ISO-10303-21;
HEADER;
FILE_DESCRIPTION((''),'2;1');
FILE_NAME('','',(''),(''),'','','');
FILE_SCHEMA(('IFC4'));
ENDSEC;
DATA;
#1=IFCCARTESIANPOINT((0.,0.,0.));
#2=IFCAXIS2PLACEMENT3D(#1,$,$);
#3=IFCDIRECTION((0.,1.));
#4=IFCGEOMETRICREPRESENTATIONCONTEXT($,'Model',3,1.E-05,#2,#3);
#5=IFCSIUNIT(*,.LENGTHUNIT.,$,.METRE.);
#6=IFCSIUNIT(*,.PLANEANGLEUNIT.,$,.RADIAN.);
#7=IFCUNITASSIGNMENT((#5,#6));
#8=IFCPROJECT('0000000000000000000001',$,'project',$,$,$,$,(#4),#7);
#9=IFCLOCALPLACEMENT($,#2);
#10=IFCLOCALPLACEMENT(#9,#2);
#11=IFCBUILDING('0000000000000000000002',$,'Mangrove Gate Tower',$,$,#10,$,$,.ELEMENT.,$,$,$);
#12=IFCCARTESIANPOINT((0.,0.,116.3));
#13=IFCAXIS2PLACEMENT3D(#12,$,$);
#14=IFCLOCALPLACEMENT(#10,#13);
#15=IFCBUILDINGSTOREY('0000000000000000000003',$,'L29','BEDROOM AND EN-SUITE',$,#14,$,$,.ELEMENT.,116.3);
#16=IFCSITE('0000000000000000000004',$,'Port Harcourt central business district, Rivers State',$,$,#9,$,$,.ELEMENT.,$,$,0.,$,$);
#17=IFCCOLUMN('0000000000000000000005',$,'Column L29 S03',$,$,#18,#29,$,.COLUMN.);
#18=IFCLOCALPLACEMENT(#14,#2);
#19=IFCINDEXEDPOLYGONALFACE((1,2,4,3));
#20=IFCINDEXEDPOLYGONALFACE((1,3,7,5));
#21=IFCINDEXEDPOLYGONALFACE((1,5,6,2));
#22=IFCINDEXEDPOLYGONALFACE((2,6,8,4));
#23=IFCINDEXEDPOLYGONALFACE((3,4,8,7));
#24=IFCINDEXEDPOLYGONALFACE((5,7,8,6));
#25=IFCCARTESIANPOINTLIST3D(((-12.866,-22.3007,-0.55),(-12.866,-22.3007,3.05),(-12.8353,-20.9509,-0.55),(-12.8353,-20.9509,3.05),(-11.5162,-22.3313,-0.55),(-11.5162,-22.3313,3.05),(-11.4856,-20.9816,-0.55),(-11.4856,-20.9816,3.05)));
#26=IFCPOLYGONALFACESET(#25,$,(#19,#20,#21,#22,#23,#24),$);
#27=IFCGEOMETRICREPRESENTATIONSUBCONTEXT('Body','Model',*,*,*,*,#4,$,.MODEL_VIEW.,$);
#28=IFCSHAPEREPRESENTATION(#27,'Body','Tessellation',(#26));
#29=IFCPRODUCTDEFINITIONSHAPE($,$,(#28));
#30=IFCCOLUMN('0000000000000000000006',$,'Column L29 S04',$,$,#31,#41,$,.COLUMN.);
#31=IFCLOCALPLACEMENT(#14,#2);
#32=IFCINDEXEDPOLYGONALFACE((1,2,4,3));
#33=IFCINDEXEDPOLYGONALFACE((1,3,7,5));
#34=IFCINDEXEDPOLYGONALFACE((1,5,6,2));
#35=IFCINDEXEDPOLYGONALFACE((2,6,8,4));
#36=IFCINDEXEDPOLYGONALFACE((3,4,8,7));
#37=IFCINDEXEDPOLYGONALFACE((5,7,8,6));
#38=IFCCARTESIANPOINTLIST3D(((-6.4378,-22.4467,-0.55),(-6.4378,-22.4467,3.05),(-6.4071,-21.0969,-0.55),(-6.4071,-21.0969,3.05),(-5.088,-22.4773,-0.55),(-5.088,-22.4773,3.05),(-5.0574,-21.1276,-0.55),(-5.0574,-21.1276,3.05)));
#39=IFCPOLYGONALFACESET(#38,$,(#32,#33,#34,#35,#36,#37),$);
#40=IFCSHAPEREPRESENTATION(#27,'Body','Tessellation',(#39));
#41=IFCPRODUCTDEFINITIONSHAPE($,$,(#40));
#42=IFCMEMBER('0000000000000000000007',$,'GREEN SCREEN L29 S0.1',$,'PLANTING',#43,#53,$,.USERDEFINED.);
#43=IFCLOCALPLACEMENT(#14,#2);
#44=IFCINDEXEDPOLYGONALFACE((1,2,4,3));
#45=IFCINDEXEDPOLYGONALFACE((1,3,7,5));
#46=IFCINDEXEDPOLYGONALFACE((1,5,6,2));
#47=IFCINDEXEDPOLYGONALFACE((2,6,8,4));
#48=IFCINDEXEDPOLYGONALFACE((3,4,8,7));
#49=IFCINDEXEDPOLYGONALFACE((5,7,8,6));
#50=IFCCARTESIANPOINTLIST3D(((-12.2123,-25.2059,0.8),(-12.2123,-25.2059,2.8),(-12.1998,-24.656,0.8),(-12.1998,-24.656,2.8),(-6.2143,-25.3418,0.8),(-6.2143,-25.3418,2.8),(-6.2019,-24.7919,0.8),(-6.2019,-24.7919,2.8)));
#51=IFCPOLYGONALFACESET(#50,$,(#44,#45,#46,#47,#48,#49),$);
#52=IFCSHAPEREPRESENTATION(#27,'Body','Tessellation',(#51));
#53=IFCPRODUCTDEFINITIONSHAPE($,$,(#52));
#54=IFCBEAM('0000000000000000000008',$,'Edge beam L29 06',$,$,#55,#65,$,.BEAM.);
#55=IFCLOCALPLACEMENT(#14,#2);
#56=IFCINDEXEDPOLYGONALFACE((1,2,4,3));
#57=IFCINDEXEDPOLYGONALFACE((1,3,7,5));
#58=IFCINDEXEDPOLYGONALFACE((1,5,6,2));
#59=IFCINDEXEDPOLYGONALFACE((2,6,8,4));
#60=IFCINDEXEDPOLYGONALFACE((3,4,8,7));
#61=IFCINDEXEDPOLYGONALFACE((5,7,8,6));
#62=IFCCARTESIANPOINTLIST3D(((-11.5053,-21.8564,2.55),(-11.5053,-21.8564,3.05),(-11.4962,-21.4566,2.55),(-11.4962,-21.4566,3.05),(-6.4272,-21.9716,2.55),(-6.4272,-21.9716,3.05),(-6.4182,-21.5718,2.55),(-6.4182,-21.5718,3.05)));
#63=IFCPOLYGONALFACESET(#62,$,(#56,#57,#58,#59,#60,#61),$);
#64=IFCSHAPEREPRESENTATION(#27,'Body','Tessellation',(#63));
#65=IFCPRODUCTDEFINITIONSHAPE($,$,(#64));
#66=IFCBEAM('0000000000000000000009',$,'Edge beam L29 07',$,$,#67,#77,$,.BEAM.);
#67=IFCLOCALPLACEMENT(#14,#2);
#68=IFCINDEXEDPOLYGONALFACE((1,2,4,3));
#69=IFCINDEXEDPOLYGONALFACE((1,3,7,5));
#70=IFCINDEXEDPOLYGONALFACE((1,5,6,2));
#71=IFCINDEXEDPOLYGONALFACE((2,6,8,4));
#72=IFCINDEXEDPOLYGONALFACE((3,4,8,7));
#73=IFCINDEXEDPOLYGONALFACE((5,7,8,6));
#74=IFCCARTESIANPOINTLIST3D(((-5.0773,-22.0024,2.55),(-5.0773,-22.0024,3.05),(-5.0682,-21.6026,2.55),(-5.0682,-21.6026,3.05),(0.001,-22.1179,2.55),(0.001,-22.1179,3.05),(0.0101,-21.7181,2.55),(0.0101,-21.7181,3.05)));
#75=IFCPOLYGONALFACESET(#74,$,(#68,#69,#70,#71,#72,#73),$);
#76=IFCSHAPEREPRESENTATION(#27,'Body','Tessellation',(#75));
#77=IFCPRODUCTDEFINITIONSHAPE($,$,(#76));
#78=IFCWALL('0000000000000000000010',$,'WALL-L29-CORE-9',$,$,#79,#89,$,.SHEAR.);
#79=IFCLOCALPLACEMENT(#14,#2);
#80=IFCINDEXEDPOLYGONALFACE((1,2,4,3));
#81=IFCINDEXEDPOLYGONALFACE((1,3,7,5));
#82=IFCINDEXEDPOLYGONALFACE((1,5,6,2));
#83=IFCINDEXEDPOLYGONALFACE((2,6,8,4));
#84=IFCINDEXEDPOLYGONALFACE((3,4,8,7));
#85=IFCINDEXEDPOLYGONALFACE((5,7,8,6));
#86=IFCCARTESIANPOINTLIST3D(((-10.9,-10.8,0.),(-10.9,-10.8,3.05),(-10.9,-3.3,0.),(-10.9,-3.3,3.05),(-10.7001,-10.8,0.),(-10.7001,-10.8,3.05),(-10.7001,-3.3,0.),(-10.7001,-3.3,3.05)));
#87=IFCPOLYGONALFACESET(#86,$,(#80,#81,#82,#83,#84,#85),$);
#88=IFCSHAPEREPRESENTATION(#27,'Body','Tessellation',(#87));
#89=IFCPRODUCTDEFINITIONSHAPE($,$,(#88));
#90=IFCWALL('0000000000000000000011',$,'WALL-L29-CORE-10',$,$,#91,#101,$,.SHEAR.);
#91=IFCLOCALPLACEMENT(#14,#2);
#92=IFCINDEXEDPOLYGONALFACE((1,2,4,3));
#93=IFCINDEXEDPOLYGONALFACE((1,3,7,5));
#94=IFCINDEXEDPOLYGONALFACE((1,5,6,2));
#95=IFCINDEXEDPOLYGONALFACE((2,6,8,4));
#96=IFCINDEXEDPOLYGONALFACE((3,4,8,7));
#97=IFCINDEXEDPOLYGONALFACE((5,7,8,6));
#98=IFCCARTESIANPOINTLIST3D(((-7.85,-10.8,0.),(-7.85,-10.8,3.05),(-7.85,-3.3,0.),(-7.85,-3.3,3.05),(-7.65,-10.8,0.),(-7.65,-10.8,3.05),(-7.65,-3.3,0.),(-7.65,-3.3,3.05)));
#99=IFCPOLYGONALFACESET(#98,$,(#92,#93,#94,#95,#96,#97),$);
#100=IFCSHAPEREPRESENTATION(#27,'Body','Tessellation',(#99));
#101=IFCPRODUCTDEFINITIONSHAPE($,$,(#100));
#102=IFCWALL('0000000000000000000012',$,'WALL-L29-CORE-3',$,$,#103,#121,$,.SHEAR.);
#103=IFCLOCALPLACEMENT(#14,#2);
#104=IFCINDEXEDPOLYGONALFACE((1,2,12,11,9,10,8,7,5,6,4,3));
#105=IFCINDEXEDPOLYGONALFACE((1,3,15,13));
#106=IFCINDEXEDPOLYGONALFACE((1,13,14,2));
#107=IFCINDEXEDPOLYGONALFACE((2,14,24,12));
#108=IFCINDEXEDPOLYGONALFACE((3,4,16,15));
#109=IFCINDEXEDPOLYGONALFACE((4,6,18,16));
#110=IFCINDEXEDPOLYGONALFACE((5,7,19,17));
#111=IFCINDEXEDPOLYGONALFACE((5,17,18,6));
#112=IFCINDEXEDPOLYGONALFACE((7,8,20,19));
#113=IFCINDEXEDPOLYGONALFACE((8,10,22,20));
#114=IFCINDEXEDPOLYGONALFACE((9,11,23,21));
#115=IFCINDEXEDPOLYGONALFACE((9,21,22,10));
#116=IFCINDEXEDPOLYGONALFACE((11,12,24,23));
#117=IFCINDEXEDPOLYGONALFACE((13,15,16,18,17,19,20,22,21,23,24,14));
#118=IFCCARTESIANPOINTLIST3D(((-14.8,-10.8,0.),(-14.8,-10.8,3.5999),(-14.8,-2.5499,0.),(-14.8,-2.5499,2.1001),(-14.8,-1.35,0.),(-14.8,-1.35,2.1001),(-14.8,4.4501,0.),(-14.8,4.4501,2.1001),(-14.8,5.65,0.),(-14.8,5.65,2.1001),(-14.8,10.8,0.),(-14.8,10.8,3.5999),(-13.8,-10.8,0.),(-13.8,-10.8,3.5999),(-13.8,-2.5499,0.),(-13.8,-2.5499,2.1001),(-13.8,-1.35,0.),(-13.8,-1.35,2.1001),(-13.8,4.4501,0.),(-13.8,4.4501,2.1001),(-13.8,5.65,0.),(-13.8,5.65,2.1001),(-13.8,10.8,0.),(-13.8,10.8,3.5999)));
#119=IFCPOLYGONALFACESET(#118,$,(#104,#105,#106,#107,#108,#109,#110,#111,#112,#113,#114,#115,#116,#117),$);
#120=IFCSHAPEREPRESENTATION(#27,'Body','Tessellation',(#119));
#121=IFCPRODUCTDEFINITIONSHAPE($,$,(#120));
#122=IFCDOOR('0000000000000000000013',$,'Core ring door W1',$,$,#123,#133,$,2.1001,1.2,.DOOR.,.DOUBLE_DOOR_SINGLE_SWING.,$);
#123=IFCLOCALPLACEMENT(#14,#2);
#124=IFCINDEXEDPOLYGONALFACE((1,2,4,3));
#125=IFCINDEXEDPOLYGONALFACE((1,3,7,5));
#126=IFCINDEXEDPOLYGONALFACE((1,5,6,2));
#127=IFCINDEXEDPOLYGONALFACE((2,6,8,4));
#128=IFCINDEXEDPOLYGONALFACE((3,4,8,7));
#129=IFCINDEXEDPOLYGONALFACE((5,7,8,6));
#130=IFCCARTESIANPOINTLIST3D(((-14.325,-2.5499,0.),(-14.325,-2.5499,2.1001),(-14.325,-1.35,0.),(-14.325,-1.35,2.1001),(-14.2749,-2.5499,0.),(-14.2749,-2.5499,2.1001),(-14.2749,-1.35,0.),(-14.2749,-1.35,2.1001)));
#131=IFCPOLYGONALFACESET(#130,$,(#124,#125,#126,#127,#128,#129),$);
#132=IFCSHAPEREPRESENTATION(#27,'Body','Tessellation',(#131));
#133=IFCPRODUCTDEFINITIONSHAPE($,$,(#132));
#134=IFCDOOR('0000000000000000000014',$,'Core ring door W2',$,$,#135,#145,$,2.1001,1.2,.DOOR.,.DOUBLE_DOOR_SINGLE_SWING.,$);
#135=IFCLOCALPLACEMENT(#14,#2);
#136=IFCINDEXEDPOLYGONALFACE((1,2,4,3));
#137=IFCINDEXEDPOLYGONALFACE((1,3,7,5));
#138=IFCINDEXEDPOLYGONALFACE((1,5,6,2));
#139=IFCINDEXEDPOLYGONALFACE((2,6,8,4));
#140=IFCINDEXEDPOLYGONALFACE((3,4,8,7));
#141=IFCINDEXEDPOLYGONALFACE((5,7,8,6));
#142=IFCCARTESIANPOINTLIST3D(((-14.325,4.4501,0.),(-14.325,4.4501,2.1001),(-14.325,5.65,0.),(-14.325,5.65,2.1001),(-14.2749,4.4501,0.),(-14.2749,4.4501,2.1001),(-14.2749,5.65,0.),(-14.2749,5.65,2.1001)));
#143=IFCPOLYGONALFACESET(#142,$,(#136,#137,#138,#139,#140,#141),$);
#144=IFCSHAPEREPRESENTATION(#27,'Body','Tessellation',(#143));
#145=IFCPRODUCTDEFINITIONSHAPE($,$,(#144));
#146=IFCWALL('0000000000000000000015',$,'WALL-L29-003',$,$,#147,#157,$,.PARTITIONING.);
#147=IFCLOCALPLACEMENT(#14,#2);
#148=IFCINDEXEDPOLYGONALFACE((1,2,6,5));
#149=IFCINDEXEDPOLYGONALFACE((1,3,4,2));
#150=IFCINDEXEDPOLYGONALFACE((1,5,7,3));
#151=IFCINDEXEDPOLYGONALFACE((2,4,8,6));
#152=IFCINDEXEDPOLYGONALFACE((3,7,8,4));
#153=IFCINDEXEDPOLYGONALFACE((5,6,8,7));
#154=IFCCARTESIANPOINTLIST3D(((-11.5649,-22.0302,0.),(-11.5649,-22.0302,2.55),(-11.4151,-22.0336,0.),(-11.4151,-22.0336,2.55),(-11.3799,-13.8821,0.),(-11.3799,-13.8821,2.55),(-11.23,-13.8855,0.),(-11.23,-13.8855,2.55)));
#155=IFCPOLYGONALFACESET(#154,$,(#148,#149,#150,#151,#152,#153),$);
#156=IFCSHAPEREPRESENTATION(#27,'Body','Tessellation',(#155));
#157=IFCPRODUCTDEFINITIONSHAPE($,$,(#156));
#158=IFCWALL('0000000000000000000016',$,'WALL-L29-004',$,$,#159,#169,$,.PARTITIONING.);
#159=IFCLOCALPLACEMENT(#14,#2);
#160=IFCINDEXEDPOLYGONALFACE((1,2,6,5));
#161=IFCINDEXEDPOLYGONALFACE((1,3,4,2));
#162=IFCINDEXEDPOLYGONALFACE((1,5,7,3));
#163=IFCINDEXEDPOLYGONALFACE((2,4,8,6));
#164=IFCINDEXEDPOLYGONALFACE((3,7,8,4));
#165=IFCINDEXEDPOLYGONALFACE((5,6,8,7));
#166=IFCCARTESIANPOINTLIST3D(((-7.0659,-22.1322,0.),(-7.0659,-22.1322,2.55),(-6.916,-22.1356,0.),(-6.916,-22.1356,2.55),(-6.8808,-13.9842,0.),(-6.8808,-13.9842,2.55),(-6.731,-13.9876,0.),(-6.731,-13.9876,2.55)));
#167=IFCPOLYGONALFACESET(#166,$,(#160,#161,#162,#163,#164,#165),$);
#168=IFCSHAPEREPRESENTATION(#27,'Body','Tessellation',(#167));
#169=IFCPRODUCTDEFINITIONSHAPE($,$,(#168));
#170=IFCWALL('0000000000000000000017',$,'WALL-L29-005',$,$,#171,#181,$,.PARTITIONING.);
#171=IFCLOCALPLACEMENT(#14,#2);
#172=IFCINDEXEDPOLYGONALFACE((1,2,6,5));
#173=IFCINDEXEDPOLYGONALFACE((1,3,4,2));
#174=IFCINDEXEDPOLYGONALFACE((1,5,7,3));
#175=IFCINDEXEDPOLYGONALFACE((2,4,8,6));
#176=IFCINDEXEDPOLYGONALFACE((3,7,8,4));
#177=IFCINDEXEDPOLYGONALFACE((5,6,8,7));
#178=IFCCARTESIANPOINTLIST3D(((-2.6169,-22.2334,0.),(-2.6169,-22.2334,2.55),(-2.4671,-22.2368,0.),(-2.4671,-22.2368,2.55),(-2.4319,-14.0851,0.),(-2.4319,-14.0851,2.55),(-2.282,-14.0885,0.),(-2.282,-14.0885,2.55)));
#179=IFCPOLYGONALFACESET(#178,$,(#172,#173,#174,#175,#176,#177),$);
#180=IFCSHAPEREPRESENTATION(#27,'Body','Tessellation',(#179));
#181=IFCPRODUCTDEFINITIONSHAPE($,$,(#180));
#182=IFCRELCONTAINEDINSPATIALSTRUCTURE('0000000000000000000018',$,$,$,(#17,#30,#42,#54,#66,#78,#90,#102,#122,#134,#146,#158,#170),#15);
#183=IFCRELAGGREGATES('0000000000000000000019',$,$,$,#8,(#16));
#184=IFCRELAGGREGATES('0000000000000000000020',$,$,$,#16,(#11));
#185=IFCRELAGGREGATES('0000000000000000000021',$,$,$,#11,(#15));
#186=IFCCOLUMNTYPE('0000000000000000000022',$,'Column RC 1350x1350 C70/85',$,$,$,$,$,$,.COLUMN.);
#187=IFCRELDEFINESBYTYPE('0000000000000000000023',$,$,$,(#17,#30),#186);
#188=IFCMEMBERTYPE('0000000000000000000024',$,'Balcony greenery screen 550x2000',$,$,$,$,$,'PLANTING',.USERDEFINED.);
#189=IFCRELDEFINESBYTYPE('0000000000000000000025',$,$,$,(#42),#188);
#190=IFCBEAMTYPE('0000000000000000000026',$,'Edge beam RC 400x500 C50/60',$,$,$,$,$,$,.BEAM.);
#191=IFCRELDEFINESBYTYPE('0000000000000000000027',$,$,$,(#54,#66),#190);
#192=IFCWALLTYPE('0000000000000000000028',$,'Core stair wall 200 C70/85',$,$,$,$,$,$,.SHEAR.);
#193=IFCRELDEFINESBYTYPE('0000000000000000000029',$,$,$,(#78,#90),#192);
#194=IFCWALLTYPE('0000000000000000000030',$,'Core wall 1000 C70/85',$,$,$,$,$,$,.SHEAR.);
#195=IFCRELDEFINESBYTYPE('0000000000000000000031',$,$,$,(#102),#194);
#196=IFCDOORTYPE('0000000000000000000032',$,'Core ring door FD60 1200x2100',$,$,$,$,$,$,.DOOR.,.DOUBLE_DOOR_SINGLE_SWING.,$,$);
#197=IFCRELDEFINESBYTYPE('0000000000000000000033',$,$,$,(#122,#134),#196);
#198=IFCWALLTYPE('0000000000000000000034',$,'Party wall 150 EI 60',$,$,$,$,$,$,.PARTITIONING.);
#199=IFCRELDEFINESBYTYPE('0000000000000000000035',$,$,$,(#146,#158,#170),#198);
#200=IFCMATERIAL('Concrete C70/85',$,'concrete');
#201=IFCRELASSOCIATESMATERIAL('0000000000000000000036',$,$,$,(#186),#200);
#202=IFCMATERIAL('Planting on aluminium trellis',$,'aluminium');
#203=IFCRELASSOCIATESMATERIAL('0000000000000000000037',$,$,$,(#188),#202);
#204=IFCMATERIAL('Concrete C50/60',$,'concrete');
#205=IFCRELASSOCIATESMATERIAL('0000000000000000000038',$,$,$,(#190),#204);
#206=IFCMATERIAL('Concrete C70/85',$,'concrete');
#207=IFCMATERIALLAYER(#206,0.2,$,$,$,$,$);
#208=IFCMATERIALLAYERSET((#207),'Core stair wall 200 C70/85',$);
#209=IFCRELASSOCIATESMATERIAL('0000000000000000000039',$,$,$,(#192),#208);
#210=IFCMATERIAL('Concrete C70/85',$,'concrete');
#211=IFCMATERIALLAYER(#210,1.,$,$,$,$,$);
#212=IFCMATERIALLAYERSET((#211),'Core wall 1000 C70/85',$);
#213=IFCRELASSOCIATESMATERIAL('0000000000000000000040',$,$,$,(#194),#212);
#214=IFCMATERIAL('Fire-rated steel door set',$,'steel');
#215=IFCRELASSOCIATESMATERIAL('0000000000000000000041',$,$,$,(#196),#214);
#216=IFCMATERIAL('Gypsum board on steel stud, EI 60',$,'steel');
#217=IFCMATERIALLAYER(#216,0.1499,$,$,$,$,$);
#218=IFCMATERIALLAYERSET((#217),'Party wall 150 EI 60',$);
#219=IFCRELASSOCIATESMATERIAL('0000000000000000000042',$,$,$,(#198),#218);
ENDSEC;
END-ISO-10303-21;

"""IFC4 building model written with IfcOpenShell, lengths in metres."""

from ifc_helpers import new_model, si_unit, direction, frame, frame_2d, origin, origin_2d, place, context, subcontext, project, spatial, rectangle, extrude, material, layer, layer_set, material_profile, profile_set, type_object, element, fill, save


model = new_model("IFC4")

# Units and contexts
model_context = context("Model", 3, precision=1e-05, world=origin(), true_north=direction((0.0, 1.0)))
body_context = subcontext(model_context, "Body", "Model", "MODEL_VIEW")
ifc_project = project(units=[si_unit("LENGTHUNIT", "METRE"), si_unit("PLANEANGLEUNIT", "RADIAN")], contexts=[model_context])

# Site, building, storey
site_placement = place(None, origin())
site = spatial("IfcSite", under=ifc_project, at=site_placement, Name="Port Harcourt central business district, Rivers State", CompositionType="ELEMENT", RefElevation=0.0)
building_placement = place(site_placement, origin())
building = spatial("IfcBuilding", under=site, at=building_placement, Name="Mangrove Gate Tower", CompositionType="ELEMENT")
storey_placement = place(building_placement, frame((0.0, 0.0, 116.3)))
storey = spatial("IfcBuildingStorey", under=building, at=storey_placement, Name="L29", Description="BEDROOM AND EN-SUITE", CompositionType="ELEMENT", Elevation=116.3)

# Columns
ifc_material_1 = material(Name="Concrete C70/85", Category="concrete")
ifc_material_profile_1 = material_profile(ifc_material_1, rectangle(XDim=1.3501, YDim=1.3501, at=origin_2d()))
ifc_profile_set_1 = profile_set([ifc_material_profile_1], Name="Concrete C70/85")
column_type = type_object("IfcColumnType", Name="Column RC 1350x1350 C70/85", PredefinedType="COLUMN", material=ifc_profile_set_1)
for number, where, z_axis, x_axis, name in (
    (1, (-12.1758, -21.6411, -0.55), (0.0, 0.0, 1.0), (0.999742, -0.022707, 0.0), "Column L29 S03"),
    (2, (-5.7476, -21.7871, -0.55), (0.0, 0.0, 1.0), (0.999742, -0.022707, 0.0), "Column L29 S04"),
):
    element("IfcColumn", number, at=place(storey_placement, frame(where, z_axis=z_axis, x_axis=x_axis)), inside=storey, type_object=column_type, Name=name, PredefinedType="COLUMN", context=body_context, shape_type="SweptSolid", body=[
        extrude(rectangle(XDim=1.3501, YDim=1.3501, at=origin_2d()), origin(), (0.0, 0.0, 1.0), 3.6001),
    ])

# Member
ifc_material_2 = material(Name="Planting on aluminium trellis", Category="aluminium")
ifc_material_profile_2 = material_profile(ifc_material_2, rectangle(XDim=0.55, YDim=2.0, at=origin_2d()))
ifc_profile_set_2 = profile_set([ifc_material_profile_2], Name="Planting on aluminium trellis")
member_type = type_object("IfcMemberType", Name="Balcony greenery screen 550x2000", ElementType="PLANTING", PredefinedType="USERDEFINED", material=ifc_profile_set_2)
member_placement = place(storey_placement, frame((-12.2061, -24.9309, 1.8), z_axis=(0.999743, -0.022666, 0.0), x_axis=(0.022666, 0.999743, 0.0)))
element("IfcMember", 3, at=member_placement, inside=storey, type_object=member_type, Name="GREEN SCREEN L29 S0.1", ObjectType="PLANTING", PredefinedType="USERDEFINED", context=body_context, shape_type="SweptSolid", body=[
    extrude(rectangle(XDim=0.55, YDim=2.0, at=origin_2d()), origin(), (0.0, 0.0, 1.0), 5.9995),
])

# Beams
ifc_material_3 = material(Name="Concrete C50/60", Category="concrete")
ifc_material_profile_3 = material_profile(ifc_material_3, rectangle(XDim=0.3999, YDim=0.5, at=origin_2d()))
ifc_profile_set_3 = profile_set([ifc_material_profile_3], Name="Concrete C50/60")
beam_type = type_object("IfcBeamType", Name="Edge beam RC 400x500 C50/60", PredefinedType="BEAM", material=ifc_profile_set_3)
beam_1_placement = place(storey_placement, frame((-11.5007, -21.6565, 2.8), z_axis=(0.999743, -0.022686, 0.0), x_axis=(0.022686, 0.999743, 0.0)))
element("IfcBeam", 4, at=beam_1_placement, inside=storey, type_object=beam_type, Name="Edge beam L29 06", PredefinedType="BEAM", context=body_context, shape_type="SweptSolid", body=[
    extrude(rectangle(XDim=0.3999, YDim=0.5, at=origin_2d()), origin(), (0.0, 0.0, 1.0), 5.0793),
])
beam_2_placement = place(storey_placement, frame((-5.0728, -21.8025, 2.8), z_axis=(0.999742, -0.022733, 0.0), x_axis=(0.022733, 0.999742, 0.0)))
element("IfcBeam", 5, at=beam_2_placement, inside=storey, type_object=beam_type, Name="Edge beam L29 07", PredefinedType="BEAM", context=body_context, shape_type="SweptSolid", body=[
    extrude(rectangle(XDim=0.3999, YDim=0.5, at=origin_2d()), origin(), (0.0, 0.0, 1.0), 5.0796),
])

# Walls
ifc_material_4 = material(Name="Concrete C70/85", Category="concrete")
ifc_layer_1 = layer(ifc_material_4, 0.2)
ifc_layer_set_1 = layer_set([ifc_layer_1], Name="Core stair wall 200 C70/85")
wall_type_1 = type_object("IfcWallType", Name="Core stair wall 200 C70/85", PredefinedType="SHEAR", material=ifc_layer_set_1)
for number, where, z_axis, x_axis, name in (
    (6, (-10.8, -10.8, 0.0), (0.0, 0.0, 1.0), (0.0, 1.0, 0.0), "WALL-L29-CORE-9"),
    (7, (-7.75, -10.8, 0.0), (0.0, 0.0, 1.0), (0.0, 1.0, 0.0), "WALL-L29-CORE-10"),
):
    element("IfcWall", number, at=place(storey_placement, frame(where, z_axis=z_axis, x_axis=x_axis)), inside=storey, type_object=wall_type_1, Name=name, PredefinedType="SHEAR", context=body_context, shape_type="SweptSolid", body=[
        extrude(rectangle(XDim=7.5, YDim=0.2, at=frame_2d((3.75, 0.0))), origin(), (0.0, 0.0, 1.0), 3.05),
    ])

# Wall, openings, doors
ifc_material_5 = material(Name="Concrete C70/85", Category="concrete")
ifc_layer_2 = layer(ifc_material_5, 1.0)
ifc_layer_set_2 = layer_set([ifc_layer_2], Name="Core wall 1000 C70/85")
wall_type_2 = type_object("IfcWallType", Name="Core wall 1000 C70/85", PredefinedType="SHEAR", material=ifc_layer_set_2)
wall_1_placement = place(storey_placement, frame((-14.3, -10.8, 0.0), z_axis=(0.0, 0.0, 1.0), x_axis=(0.0, 1.0, 0.0)))
wall_1 = element("IfcWall", 8, at=wall_1_placement, inside=storey, type_object=wall_type_2, Name="WALL-L29-CORE-3", PredefinedType="SHEAR", context=body_context, shape_type="SweptSolid", body=[
    extrude(rectangle(XDim=21.6001, YDim=1.0, at=frame_2d((10.8, 0.0))), origin(), (0.0, 0.0, 1.0), 3.5999),
])
opening_1_placement = place(wall_1_placement, frame((8.25, 0.0, 0.0)))
opening_1 = element("IfcOpeningElement", 9, at=opening_1_placement, cuts=wall_1, PredefinedType="OPENING", context=body_context, shape_type="SweptSolid", body=[
    extrude(rectangle(XDim=1.2, YDim=2.1001, at=frame_2d((0.6001, 1.05))), frame((0.0, 0.51, 0.0), z_axis=(0.0, -1.0, 0.0), x_axis=(1.0, 0.0, 0.0)), (0.0, 0.0, 1.0), 1.02),
])
opening_2_placement = place(wall_1_placement, frame((15.25, 0.0, 0.0)))
opening_2 = element("IfcOpeningElement", 10, at=opening_2_placement, cuts=wall_1, PredefinedType="OPENING", context=body_context, shape_type="SweptSolid", body=[
    extrude(rectangle(XDim=1.2, YDim=2.1001, at=frame_2d((0.6001, 1.05))), frame((0.0, 0.51, 0.0), z_axis=(0.0, -1.0, 0.0), x_axis=(1.0, 0.0, 0.0)), (0.0, 0.0, 1.0), 1.02),
])
ifc_material_6 = material(Name="Fire-rated steel door set", Category="steel")
door_type_1 = type_object("IfcDoorType", Name="Core ring door FD60 1200x2100", OperationType="DOUBLE_DOOR_SINGLE_SWING", PredefinedType="DOOR", material=ifc_material_6)
door_1_placement = place(opening_1_placement, origin())
door_1 = element("IfcDoor", 11, at=door_1_placement, inside=storey, type_object=door_type_1, Name="Core ring door W1", OperationType="DOUBLE_DOOR_SINGLE_SWING", OverallHeight=2.1001, OverallWidth=1.2, PredefinedType="DOOR", context=body_context, shape_type="SweptSolid", body=[
    extrude(rectangle(XDim=1.2, YDim=2.1001, at=frame_2d((0.6001, 1.05))), frame((0.0, 0.0249, 0.0), z_axis=(0.0, -1.0, 0.0), x_axis=(1.0, 0.0, 0.0)), (0.0, 0.0, 1.0), 0.05),
])
fill(opening_1, door_1)
door_2_placement = place(opening_2_placement, origin())
door_2 = element("IfcDoor", 12, at=door_2_placement, inside=storey, type_object=door_type_1, Name="Core ring door W2", OperationType="DOUBLE_DOOR_SINGLE_SWING", OverallHeight=2.1001, OverallWidth=1.2, PredefinedType="DOOR", context=body_context, shape_type="SweptSolid", body=[
    extrude(rectangle(XDim=1.2, YDim=2.1001, at=frame_2d((0.6001, 1.05))), frame((0.0, 0.0249, 0.0), z_axis=(0.0, -1.0, 0.0), x_axis=(1.0, 0.0, 0.0)), (0.0, 0.0, 1.0), 0.05),
])
fill(opening_2, door_2)

# Walls
ifc_material_7 = material(Name="Gypsum board on steel stud, EI 60", Category="steel")
ifc_layer_3 = layer(ifc_material_7, 0.1499)
ifc_layer_set_3 = layer_set([ifc_layer_3], Name="Party wall 150 EI 60")
wall_type_3 = type_object("IfcWallType", Name="Party wall 150 EI 60", PredefinedType="PARTITIONING", material=ifc_layer_set_3)
for number, where, z_axis, x_axis, name in (
    (13, (-11.49, -22.032, 0.0), (0.0, 0.0, 1.0), (0.022706, 0.999742, 0.0), "WALL-L29-003"),
    (14, (-6.991, -22.134, 0.0), (0.0, 0.0, 1.0), (0.022706, 0.999742, 0.0), "WALL-L29-004"),
):
    element("IfcWall", number, at=place(storey_placement, frame(where, z_axis=z_axis, x_axis=x_axis)), inside=storey, type_object=wall_type_3, Name=name, PredefinedType="PARTITIONING", context=body_context, shape_type="SweptSolid", body=[
        extrude(rectangle(XDim=8.1501, YDim=0.1499, at=frame_2d((4.0752, 0.0))), origin(), (0.0, 0.0, 1.0), 2.55),
    ])
wall_2_placement = place(storey_placement, frame((-2.542, -22.2351, 0.0), z_axis=(0.0, 0.0, 1.0), x_axis=(0.022706, 0.999742, 0.0)))
element("IfcWall", 15, at=wall_2_placement, inside=storey, type_object=wall_type_3, Name="WALL-L29-005", PredefinedType="PARTITIONING", context=body_context, shape_type="SweptSolid", body=[
    extrude(rectangle(XDim=8.1504, YDim=0.1499, at=frame_2d((4.0752, 0.0))), origin(), (0.0, 0.0, 1.0), 2.55),
])

save(model, "model.ifc")
